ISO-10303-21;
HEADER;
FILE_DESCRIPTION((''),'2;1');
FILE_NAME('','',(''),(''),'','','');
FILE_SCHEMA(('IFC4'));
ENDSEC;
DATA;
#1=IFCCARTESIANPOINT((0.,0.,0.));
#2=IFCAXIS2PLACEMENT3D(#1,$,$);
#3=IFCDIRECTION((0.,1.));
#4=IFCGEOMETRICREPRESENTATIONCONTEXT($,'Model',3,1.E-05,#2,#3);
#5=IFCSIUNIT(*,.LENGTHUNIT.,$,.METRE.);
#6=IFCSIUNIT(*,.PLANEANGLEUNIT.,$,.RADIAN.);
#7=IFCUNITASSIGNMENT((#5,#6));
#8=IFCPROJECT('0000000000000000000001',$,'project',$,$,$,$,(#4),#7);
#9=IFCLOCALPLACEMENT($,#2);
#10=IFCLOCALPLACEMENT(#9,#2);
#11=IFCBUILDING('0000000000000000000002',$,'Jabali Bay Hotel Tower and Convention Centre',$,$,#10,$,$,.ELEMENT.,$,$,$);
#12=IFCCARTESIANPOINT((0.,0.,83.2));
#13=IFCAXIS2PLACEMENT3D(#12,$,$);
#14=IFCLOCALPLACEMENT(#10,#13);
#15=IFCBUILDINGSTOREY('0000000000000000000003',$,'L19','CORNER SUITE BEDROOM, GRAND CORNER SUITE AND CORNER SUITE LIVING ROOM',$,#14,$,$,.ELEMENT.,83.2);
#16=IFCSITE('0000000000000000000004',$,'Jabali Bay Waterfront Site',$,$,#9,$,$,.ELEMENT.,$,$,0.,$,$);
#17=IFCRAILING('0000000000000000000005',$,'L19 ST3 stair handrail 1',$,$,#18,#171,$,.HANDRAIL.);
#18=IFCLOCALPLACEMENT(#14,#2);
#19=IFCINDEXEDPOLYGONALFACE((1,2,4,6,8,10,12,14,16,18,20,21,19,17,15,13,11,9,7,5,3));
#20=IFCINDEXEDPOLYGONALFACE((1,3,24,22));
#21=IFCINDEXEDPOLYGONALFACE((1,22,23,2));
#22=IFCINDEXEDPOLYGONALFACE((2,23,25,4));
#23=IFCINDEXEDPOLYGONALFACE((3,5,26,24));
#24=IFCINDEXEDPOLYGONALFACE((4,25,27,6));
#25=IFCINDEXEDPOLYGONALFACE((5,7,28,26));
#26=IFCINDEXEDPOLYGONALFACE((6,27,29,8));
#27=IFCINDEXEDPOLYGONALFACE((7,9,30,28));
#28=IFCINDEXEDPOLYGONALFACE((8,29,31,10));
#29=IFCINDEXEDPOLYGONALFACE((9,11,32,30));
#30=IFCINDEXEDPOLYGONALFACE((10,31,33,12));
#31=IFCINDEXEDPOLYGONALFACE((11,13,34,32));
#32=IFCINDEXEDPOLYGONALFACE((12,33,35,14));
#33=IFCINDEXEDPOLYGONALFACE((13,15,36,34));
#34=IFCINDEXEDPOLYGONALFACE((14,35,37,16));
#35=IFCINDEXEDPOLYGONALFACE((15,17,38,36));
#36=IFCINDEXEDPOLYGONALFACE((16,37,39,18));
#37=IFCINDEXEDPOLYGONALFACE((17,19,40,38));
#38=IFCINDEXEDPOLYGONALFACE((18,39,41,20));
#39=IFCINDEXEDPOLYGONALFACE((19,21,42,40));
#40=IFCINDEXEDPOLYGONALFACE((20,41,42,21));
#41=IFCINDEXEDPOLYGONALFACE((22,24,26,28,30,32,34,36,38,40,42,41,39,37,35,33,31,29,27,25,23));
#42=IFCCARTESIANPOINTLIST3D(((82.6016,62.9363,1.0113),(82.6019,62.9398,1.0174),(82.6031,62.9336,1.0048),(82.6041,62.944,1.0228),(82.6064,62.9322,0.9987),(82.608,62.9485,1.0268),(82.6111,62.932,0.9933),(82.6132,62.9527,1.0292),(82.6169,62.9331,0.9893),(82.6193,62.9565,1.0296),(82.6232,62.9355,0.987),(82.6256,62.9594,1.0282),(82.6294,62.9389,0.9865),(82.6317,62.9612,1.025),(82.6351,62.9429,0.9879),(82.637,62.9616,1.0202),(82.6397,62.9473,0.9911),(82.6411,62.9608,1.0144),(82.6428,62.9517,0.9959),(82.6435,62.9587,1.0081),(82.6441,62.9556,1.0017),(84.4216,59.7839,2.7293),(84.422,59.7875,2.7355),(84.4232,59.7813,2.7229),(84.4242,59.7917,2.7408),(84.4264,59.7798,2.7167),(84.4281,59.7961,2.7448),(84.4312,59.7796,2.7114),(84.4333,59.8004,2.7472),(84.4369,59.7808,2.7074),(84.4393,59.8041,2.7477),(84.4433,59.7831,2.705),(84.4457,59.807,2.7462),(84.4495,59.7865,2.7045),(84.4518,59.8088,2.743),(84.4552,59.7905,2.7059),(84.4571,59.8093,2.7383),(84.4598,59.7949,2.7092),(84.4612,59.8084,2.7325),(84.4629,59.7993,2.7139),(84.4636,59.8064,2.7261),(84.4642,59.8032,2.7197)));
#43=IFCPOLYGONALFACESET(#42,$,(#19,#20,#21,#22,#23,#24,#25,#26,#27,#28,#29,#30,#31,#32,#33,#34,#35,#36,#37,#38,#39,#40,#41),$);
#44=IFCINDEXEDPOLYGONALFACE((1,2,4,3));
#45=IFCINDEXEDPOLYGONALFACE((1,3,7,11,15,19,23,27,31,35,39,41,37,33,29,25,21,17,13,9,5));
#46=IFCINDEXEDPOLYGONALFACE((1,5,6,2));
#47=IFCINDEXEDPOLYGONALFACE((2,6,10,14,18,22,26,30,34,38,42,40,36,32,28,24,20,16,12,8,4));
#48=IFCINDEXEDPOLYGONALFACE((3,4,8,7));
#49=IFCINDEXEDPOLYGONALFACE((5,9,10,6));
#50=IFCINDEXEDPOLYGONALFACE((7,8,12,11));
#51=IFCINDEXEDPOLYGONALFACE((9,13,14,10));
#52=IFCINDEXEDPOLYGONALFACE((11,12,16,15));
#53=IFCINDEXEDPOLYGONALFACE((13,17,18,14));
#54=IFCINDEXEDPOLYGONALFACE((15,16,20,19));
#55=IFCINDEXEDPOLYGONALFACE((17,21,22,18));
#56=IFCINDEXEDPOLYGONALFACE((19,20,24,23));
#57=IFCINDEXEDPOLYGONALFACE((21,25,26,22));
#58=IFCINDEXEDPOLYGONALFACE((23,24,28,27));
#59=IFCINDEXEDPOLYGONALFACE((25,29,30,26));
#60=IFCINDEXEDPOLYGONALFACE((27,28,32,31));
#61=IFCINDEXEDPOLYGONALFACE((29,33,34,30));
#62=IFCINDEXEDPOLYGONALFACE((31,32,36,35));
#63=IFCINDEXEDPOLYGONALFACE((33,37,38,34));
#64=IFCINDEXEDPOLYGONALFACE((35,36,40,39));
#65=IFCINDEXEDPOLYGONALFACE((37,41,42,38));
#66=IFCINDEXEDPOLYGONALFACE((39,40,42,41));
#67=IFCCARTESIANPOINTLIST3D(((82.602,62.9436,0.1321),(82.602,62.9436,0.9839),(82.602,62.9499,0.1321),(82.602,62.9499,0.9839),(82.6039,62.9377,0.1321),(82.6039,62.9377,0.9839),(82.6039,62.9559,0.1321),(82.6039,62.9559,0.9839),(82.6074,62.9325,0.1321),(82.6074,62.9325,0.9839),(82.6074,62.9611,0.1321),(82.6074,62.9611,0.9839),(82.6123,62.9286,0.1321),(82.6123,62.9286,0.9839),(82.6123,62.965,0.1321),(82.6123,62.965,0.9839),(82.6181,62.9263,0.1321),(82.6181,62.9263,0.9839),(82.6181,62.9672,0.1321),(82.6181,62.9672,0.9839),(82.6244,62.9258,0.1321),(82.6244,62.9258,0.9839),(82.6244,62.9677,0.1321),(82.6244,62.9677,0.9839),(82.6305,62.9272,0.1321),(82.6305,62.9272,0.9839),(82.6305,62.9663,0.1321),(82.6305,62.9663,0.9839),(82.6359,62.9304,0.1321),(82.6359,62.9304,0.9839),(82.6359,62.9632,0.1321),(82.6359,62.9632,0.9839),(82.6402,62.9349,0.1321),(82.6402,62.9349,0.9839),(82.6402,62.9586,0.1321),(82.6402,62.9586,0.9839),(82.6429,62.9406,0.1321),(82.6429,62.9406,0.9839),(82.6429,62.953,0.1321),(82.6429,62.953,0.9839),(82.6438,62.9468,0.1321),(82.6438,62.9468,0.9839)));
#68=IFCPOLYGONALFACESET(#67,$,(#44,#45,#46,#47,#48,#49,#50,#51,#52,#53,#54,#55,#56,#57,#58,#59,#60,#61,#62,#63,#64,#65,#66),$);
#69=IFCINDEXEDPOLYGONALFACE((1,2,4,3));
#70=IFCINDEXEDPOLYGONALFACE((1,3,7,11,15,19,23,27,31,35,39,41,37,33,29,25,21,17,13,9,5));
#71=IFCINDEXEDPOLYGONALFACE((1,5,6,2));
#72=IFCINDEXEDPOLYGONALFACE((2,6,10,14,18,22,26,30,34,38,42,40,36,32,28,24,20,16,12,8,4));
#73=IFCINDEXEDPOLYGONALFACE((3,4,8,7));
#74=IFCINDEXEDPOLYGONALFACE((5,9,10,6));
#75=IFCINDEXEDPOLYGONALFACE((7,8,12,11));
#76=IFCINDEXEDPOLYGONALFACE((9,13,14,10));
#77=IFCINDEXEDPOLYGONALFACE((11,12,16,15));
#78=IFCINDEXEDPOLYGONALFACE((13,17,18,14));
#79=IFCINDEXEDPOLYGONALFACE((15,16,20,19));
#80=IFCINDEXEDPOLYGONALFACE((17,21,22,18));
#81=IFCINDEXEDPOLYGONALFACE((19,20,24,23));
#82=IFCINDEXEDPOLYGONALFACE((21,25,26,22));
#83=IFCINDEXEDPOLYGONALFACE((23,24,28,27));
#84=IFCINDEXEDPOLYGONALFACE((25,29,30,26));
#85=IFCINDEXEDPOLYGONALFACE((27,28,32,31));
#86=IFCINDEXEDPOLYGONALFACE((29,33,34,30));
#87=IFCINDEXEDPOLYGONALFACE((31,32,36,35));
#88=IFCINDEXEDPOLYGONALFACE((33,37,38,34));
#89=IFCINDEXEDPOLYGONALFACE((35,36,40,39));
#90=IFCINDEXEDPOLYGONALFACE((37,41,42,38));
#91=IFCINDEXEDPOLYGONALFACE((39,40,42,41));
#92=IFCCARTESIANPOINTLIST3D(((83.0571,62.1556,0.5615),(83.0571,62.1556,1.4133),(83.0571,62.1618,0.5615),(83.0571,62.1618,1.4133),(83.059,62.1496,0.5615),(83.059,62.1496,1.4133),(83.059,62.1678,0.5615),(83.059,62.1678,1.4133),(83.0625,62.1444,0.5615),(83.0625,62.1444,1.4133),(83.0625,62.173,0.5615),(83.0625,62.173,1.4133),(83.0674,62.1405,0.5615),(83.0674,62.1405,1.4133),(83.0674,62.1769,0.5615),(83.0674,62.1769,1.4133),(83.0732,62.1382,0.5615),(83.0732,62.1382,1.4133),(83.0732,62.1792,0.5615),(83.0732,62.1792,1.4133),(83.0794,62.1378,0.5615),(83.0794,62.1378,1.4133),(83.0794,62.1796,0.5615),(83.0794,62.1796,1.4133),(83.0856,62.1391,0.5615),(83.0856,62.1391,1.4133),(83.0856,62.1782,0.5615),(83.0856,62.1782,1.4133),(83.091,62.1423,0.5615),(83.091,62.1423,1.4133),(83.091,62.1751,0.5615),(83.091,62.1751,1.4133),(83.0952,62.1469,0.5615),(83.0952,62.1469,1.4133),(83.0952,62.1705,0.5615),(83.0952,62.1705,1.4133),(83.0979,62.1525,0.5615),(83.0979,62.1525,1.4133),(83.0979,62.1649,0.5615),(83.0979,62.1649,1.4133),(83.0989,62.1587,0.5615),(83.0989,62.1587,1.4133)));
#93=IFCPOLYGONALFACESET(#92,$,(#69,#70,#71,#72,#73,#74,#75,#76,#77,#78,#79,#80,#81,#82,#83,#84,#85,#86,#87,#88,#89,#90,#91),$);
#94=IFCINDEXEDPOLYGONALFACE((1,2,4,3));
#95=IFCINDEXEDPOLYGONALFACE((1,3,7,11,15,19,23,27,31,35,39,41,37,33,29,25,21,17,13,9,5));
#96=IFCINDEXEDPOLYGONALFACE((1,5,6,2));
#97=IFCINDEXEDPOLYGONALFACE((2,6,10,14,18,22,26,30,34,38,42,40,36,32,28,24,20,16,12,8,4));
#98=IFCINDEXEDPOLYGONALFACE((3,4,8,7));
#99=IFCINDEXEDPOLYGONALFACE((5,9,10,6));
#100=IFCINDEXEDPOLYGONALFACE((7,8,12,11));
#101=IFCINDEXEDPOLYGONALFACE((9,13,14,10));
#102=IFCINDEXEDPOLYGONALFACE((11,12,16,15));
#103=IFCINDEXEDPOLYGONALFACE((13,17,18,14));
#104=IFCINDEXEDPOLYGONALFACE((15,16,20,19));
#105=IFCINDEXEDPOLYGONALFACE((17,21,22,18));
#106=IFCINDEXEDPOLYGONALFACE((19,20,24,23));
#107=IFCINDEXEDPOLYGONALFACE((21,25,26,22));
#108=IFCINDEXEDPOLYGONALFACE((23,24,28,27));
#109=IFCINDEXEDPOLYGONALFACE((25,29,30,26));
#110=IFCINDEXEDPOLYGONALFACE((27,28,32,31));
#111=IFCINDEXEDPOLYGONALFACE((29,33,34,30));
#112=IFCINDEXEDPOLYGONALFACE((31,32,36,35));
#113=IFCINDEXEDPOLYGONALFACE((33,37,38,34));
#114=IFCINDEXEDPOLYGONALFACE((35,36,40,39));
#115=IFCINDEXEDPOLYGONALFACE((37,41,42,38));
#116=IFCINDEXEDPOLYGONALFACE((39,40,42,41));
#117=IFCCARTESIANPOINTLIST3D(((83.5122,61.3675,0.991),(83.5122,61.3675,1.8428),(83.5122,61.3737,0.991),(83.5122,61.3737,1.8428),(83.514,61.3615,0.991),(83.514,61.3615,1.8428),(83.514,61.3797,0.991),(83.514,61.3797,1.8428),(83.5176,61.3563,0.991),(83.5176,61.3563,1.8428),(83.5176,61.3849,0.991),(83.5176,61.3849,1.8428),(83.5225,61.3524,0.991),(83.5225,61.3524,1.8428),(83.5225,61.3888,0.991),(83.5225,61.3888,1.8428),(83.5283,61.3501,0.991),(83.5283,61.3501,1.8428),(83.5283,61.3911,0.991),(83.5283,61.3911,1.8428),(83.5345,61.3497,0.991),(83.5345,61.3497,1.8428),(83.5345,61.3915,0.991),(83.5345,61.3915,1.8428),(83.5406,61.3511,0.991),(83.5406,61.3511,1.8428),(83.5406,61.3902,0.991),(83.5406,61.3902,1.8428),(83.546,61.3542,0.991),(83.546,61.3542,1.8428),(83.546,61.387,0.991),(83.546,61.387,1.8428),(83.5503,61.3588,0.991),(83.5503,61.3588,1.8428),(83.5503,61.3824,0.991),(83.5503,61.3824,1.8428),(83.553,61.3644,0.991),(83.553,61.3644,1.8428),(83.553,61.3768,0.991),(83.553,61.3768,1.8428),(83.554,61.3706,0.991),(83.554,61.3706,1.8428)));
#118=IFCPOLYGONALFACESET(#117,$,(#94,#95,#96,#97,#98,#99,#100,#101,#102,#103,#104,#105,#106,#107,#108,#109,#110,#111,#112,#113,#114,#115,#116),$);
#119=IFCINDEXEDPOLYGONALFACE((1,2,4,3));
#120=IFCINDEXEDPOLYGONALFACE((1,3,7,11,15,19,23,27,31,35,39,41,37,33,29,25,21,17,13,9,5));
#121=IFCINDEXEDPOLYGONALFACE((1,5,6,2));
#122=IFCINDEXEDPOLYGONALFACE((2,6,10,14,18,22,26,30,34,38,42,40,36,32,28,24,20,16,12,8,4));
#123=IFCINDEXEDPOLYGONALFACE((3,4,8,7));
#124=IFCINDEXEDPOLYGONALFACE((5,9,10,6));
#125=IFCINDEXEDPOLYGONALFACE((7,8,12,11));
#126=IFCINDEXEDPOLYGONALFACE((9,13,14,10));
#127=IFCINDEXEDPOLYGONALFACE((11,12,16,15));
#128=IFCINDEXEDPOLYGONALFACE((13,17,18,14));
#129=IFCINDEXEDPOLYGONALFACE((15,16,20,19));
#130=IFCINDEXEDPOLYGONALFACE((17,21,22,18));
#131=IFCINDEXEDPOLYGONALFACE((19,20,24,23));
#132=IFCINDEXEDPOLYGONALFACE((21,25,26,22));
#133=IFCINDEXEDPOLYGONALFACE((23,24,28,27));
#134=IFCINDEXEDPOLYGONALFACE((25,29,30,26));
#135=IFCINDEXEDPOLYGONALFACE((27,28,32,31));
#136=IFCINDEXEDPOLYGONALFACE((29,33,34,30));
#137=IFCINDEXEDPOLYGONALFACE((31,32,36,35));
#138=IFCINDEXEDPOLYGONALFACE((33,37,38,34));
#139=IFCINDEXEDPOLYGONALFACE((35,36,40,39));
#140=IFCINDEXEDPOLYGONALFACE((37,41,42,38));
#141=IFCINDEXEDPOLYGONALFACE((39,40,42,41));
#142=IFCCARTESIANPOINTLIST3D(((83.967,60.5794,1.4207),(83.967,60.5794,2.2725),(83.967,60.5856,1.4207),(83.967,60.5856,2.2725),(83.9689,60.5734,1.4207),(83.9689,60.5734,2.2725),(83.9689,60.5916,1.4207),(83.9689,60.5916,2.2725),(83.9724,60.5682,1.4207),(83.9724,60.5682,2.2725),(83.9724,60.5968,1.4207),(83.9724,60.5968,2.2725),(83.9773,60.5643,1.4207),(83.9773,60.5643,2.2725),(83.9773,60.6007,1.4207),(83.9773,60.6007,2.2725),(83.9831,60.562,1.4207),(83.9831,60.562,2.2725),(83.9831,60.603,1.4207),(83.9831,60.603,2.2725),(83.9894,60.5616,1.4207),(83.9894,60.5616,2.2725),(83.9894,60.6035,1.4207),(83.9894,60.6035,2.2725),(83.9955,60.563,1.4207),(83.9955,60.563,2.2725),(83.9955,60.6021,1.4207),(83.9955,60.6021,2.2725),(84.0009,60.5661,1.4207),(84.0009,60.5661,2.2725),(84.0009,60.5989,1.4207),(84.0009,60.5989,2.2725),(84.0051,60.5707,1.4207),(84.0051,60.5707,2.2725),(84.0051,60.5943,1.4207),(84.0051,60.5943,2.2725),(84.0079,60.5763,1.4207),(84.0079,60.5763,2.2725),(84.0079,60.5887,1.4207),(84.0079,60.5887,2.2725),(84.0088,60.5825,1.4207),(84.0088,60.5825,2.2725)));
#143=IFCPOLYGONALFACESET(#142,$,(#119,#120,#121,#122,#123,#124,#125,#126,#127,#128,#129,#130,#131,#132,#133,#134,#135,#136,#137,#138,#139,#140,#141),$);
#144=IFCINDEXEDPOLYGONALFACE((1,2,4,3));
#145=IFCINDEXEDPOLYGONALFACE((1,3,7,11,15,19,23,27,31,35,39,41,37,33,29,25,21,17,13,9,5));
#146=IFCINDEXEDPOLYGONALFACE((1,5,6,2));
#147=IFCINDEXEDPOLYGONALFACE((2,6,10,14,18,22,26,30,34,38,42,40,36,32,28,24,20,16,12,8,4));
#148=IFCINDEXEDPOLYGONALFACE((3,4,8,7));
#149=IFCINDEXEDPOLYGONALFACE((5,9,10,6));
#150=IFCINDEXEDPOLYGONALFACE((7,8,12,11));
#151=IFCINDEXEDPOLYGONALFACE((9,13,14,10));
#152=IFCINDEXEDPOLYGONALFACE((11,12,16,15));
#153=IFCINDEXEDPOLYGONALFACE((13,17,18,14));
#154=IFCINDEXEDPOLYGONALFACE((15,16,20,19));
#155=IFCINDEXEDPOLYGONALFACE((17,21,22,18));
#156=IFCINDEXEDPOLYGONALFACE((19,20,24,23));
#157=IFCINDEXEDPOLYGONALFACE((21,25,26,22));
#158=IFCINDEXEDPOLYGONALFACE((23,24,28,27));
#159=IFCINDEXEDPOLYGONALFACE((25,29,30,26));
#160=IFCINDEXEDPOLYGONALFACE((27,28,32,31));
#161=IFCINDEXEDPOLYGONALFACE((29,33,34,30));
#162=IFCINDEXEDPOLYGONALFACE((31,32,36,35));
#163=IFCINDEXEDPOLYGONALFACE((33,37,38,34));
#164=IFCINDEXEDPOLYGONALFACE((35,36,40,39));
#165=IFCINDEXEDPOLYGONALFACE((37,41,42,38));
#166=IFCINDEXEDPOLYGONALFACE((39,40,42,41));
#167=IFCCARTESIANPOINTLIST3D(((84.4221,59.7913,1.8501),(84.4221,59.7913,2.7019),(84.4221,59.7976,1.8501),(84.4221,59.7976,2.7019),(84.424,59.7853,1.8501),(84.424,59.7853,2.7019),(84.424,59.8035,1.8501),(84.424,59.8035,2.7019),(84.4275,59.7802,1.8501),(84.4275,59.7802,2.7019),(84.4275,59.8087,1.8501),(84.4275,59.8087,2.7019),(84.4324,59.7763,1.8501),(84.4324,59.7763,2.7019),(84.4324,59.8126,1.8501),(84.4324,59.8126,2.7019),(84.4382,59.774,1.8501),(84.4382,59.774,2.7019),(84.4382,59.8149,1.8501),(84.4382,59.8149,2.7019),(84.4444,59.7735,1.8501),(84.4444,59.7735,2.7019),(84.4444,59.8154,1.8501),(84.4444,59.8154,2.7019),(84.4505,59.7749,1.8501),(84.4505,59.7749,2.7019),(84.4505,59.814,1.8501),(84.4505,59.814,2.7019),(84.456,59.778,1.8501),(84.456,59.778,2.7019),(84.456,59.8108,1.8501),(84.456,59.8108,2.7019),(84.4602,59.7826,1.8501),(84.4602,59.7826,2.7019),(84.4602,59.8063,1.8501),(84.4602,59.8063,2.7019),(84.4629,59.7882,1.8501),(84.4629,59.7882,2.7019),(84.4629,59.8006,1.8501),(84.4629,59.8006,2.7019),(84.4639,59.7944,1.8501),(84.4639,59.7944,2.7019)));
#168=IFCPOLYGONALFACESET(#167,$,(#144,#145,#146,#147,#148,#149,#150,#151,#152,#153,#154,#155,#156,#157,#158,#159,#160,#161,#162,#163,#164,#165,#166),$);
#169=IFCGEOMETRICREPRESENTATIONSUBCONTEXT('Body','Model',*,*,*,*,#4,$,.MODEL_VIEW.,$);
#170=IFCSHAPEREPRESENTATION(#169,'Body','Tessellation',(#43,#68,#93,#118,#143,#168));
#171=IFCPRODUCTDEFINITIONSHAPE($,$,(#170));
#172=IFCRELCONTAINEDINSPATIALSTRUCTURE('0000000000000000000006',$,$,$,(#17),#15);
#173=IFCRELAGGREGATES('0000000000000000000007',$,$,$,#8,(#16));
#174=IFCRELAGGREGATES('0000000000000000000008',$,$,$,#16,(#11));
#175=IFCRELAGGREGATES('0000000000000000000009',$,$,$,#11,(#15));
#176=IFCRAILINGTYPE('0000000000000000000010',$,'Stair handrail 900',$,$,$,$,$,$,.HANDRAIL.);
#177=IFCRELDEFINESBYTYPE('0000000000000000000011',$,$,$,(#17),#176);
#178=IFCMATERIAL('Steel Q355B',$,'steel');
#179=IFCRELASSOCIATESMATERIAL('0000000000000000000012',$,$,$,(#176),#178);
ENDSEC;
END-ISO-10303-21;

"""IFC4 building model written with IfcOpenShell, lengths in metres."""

from ifc_helpers import new_model, si_unit, direction, frame, origin, origin_2d, place, context, subcontext, project, spatial, circle, extrude, material, type_object, element, save


model = new_model("IFC4")

# Units and contexts
model_context = context("Model", 3, precision=1e-05, world=origin(), true_north=direction((0.0, 1.0)))
body_context = subcontext(model_context, "Body", "Model", "MODEL_VIEW")
ifc_project = project(units=[si_unit("LENGTHUNIT", "METRE"), si_unit("PLANEANGLEUNIT", "RADIAN")], contexts=[model_context])

# Site, building, storey
site_placement = place(None, origin())
site = spatial("IfcSite", under=ifc_project, at=site_placement, Name="Jabali Bay Waterfront Site", CompositionType="ELEMENT", RefElevation=0.0)
building_placement = place(site_placement, origin())
building = spatial("IfcBuilding", under=site, at=building_placement, Name="Jabali Bay Hotel Tower and Convention Centre", CompositionType="ELEMENT")
storey_placement = place(building_placement, frame((0.0, 0.0, 83.2)))
storey = spatial("IfcBuildingStorey", under=building, at=storey_placement, Name="L19", Description="CORNER SUITE BEDROOM, GRAND CORNER SUITE AND CORNER SUITE LIVING ROOM", CompositionType="ELEMENT", Elevation=83.2)

# Railing
ifc_material_1 = material(Name="Steel Q355B", Category="steel")
railing_type_1 = type_object("IfcRailingType", Name="Stair handrail 900", PredefinedType="HANDRAIL", material=ifc_material_1)
railing_1_placement = place(storey_placement, frame((82.6228, 62.9468, 0.1321)))
element("IfcRailing", 1, at=railing_1_placement, inside=storey, type_object=railing_type_1, Name="L19 ST3 stair handrail 1", PredefinedType="HANDRAIL", context=body_context, shape_type="SweptSolid", body=[
    extrude(circle(Radius=0.0239, at=origin_2d()), frame((0.0, 0.0, 0.876), z_axis=(0.452179, -0.78317, 0.426825), x_axis=(0.866018, 0.500013, 0.0)), (0.0, 0.0, 1.0), 4.0251),
    extrude(circle(Radius=0.021, at=origin_2d()), origin(), (0.0, 0.0, 1.0), 0.8518),
    extrude(circle(Radius=0.021, at=origin_2d()), frame((0.4551, -0.7881, 0.4294)), (0.0, 0.0, 1.0), 0.8518),
    extrude(circle(Radius=0.021, at=origin_2d()), frame((0.9102, -1.5762, 0.8589)), (0.0, 0.0, 1.0), 0.8518),
    extrude(circle(Radius=0.021, at=origin_2d()), frame((1.365, -2.3643, 1.2886)), (0.0, 0.0, 1.0), 0.8518),
    extrude(circle(Radius=0.021, at=origin_2d()), frame((1.8201, -3.1523, 1.718)), (0.0, 0.0, 1.0), 0.8518),
])

save(model, "model.ifc")
